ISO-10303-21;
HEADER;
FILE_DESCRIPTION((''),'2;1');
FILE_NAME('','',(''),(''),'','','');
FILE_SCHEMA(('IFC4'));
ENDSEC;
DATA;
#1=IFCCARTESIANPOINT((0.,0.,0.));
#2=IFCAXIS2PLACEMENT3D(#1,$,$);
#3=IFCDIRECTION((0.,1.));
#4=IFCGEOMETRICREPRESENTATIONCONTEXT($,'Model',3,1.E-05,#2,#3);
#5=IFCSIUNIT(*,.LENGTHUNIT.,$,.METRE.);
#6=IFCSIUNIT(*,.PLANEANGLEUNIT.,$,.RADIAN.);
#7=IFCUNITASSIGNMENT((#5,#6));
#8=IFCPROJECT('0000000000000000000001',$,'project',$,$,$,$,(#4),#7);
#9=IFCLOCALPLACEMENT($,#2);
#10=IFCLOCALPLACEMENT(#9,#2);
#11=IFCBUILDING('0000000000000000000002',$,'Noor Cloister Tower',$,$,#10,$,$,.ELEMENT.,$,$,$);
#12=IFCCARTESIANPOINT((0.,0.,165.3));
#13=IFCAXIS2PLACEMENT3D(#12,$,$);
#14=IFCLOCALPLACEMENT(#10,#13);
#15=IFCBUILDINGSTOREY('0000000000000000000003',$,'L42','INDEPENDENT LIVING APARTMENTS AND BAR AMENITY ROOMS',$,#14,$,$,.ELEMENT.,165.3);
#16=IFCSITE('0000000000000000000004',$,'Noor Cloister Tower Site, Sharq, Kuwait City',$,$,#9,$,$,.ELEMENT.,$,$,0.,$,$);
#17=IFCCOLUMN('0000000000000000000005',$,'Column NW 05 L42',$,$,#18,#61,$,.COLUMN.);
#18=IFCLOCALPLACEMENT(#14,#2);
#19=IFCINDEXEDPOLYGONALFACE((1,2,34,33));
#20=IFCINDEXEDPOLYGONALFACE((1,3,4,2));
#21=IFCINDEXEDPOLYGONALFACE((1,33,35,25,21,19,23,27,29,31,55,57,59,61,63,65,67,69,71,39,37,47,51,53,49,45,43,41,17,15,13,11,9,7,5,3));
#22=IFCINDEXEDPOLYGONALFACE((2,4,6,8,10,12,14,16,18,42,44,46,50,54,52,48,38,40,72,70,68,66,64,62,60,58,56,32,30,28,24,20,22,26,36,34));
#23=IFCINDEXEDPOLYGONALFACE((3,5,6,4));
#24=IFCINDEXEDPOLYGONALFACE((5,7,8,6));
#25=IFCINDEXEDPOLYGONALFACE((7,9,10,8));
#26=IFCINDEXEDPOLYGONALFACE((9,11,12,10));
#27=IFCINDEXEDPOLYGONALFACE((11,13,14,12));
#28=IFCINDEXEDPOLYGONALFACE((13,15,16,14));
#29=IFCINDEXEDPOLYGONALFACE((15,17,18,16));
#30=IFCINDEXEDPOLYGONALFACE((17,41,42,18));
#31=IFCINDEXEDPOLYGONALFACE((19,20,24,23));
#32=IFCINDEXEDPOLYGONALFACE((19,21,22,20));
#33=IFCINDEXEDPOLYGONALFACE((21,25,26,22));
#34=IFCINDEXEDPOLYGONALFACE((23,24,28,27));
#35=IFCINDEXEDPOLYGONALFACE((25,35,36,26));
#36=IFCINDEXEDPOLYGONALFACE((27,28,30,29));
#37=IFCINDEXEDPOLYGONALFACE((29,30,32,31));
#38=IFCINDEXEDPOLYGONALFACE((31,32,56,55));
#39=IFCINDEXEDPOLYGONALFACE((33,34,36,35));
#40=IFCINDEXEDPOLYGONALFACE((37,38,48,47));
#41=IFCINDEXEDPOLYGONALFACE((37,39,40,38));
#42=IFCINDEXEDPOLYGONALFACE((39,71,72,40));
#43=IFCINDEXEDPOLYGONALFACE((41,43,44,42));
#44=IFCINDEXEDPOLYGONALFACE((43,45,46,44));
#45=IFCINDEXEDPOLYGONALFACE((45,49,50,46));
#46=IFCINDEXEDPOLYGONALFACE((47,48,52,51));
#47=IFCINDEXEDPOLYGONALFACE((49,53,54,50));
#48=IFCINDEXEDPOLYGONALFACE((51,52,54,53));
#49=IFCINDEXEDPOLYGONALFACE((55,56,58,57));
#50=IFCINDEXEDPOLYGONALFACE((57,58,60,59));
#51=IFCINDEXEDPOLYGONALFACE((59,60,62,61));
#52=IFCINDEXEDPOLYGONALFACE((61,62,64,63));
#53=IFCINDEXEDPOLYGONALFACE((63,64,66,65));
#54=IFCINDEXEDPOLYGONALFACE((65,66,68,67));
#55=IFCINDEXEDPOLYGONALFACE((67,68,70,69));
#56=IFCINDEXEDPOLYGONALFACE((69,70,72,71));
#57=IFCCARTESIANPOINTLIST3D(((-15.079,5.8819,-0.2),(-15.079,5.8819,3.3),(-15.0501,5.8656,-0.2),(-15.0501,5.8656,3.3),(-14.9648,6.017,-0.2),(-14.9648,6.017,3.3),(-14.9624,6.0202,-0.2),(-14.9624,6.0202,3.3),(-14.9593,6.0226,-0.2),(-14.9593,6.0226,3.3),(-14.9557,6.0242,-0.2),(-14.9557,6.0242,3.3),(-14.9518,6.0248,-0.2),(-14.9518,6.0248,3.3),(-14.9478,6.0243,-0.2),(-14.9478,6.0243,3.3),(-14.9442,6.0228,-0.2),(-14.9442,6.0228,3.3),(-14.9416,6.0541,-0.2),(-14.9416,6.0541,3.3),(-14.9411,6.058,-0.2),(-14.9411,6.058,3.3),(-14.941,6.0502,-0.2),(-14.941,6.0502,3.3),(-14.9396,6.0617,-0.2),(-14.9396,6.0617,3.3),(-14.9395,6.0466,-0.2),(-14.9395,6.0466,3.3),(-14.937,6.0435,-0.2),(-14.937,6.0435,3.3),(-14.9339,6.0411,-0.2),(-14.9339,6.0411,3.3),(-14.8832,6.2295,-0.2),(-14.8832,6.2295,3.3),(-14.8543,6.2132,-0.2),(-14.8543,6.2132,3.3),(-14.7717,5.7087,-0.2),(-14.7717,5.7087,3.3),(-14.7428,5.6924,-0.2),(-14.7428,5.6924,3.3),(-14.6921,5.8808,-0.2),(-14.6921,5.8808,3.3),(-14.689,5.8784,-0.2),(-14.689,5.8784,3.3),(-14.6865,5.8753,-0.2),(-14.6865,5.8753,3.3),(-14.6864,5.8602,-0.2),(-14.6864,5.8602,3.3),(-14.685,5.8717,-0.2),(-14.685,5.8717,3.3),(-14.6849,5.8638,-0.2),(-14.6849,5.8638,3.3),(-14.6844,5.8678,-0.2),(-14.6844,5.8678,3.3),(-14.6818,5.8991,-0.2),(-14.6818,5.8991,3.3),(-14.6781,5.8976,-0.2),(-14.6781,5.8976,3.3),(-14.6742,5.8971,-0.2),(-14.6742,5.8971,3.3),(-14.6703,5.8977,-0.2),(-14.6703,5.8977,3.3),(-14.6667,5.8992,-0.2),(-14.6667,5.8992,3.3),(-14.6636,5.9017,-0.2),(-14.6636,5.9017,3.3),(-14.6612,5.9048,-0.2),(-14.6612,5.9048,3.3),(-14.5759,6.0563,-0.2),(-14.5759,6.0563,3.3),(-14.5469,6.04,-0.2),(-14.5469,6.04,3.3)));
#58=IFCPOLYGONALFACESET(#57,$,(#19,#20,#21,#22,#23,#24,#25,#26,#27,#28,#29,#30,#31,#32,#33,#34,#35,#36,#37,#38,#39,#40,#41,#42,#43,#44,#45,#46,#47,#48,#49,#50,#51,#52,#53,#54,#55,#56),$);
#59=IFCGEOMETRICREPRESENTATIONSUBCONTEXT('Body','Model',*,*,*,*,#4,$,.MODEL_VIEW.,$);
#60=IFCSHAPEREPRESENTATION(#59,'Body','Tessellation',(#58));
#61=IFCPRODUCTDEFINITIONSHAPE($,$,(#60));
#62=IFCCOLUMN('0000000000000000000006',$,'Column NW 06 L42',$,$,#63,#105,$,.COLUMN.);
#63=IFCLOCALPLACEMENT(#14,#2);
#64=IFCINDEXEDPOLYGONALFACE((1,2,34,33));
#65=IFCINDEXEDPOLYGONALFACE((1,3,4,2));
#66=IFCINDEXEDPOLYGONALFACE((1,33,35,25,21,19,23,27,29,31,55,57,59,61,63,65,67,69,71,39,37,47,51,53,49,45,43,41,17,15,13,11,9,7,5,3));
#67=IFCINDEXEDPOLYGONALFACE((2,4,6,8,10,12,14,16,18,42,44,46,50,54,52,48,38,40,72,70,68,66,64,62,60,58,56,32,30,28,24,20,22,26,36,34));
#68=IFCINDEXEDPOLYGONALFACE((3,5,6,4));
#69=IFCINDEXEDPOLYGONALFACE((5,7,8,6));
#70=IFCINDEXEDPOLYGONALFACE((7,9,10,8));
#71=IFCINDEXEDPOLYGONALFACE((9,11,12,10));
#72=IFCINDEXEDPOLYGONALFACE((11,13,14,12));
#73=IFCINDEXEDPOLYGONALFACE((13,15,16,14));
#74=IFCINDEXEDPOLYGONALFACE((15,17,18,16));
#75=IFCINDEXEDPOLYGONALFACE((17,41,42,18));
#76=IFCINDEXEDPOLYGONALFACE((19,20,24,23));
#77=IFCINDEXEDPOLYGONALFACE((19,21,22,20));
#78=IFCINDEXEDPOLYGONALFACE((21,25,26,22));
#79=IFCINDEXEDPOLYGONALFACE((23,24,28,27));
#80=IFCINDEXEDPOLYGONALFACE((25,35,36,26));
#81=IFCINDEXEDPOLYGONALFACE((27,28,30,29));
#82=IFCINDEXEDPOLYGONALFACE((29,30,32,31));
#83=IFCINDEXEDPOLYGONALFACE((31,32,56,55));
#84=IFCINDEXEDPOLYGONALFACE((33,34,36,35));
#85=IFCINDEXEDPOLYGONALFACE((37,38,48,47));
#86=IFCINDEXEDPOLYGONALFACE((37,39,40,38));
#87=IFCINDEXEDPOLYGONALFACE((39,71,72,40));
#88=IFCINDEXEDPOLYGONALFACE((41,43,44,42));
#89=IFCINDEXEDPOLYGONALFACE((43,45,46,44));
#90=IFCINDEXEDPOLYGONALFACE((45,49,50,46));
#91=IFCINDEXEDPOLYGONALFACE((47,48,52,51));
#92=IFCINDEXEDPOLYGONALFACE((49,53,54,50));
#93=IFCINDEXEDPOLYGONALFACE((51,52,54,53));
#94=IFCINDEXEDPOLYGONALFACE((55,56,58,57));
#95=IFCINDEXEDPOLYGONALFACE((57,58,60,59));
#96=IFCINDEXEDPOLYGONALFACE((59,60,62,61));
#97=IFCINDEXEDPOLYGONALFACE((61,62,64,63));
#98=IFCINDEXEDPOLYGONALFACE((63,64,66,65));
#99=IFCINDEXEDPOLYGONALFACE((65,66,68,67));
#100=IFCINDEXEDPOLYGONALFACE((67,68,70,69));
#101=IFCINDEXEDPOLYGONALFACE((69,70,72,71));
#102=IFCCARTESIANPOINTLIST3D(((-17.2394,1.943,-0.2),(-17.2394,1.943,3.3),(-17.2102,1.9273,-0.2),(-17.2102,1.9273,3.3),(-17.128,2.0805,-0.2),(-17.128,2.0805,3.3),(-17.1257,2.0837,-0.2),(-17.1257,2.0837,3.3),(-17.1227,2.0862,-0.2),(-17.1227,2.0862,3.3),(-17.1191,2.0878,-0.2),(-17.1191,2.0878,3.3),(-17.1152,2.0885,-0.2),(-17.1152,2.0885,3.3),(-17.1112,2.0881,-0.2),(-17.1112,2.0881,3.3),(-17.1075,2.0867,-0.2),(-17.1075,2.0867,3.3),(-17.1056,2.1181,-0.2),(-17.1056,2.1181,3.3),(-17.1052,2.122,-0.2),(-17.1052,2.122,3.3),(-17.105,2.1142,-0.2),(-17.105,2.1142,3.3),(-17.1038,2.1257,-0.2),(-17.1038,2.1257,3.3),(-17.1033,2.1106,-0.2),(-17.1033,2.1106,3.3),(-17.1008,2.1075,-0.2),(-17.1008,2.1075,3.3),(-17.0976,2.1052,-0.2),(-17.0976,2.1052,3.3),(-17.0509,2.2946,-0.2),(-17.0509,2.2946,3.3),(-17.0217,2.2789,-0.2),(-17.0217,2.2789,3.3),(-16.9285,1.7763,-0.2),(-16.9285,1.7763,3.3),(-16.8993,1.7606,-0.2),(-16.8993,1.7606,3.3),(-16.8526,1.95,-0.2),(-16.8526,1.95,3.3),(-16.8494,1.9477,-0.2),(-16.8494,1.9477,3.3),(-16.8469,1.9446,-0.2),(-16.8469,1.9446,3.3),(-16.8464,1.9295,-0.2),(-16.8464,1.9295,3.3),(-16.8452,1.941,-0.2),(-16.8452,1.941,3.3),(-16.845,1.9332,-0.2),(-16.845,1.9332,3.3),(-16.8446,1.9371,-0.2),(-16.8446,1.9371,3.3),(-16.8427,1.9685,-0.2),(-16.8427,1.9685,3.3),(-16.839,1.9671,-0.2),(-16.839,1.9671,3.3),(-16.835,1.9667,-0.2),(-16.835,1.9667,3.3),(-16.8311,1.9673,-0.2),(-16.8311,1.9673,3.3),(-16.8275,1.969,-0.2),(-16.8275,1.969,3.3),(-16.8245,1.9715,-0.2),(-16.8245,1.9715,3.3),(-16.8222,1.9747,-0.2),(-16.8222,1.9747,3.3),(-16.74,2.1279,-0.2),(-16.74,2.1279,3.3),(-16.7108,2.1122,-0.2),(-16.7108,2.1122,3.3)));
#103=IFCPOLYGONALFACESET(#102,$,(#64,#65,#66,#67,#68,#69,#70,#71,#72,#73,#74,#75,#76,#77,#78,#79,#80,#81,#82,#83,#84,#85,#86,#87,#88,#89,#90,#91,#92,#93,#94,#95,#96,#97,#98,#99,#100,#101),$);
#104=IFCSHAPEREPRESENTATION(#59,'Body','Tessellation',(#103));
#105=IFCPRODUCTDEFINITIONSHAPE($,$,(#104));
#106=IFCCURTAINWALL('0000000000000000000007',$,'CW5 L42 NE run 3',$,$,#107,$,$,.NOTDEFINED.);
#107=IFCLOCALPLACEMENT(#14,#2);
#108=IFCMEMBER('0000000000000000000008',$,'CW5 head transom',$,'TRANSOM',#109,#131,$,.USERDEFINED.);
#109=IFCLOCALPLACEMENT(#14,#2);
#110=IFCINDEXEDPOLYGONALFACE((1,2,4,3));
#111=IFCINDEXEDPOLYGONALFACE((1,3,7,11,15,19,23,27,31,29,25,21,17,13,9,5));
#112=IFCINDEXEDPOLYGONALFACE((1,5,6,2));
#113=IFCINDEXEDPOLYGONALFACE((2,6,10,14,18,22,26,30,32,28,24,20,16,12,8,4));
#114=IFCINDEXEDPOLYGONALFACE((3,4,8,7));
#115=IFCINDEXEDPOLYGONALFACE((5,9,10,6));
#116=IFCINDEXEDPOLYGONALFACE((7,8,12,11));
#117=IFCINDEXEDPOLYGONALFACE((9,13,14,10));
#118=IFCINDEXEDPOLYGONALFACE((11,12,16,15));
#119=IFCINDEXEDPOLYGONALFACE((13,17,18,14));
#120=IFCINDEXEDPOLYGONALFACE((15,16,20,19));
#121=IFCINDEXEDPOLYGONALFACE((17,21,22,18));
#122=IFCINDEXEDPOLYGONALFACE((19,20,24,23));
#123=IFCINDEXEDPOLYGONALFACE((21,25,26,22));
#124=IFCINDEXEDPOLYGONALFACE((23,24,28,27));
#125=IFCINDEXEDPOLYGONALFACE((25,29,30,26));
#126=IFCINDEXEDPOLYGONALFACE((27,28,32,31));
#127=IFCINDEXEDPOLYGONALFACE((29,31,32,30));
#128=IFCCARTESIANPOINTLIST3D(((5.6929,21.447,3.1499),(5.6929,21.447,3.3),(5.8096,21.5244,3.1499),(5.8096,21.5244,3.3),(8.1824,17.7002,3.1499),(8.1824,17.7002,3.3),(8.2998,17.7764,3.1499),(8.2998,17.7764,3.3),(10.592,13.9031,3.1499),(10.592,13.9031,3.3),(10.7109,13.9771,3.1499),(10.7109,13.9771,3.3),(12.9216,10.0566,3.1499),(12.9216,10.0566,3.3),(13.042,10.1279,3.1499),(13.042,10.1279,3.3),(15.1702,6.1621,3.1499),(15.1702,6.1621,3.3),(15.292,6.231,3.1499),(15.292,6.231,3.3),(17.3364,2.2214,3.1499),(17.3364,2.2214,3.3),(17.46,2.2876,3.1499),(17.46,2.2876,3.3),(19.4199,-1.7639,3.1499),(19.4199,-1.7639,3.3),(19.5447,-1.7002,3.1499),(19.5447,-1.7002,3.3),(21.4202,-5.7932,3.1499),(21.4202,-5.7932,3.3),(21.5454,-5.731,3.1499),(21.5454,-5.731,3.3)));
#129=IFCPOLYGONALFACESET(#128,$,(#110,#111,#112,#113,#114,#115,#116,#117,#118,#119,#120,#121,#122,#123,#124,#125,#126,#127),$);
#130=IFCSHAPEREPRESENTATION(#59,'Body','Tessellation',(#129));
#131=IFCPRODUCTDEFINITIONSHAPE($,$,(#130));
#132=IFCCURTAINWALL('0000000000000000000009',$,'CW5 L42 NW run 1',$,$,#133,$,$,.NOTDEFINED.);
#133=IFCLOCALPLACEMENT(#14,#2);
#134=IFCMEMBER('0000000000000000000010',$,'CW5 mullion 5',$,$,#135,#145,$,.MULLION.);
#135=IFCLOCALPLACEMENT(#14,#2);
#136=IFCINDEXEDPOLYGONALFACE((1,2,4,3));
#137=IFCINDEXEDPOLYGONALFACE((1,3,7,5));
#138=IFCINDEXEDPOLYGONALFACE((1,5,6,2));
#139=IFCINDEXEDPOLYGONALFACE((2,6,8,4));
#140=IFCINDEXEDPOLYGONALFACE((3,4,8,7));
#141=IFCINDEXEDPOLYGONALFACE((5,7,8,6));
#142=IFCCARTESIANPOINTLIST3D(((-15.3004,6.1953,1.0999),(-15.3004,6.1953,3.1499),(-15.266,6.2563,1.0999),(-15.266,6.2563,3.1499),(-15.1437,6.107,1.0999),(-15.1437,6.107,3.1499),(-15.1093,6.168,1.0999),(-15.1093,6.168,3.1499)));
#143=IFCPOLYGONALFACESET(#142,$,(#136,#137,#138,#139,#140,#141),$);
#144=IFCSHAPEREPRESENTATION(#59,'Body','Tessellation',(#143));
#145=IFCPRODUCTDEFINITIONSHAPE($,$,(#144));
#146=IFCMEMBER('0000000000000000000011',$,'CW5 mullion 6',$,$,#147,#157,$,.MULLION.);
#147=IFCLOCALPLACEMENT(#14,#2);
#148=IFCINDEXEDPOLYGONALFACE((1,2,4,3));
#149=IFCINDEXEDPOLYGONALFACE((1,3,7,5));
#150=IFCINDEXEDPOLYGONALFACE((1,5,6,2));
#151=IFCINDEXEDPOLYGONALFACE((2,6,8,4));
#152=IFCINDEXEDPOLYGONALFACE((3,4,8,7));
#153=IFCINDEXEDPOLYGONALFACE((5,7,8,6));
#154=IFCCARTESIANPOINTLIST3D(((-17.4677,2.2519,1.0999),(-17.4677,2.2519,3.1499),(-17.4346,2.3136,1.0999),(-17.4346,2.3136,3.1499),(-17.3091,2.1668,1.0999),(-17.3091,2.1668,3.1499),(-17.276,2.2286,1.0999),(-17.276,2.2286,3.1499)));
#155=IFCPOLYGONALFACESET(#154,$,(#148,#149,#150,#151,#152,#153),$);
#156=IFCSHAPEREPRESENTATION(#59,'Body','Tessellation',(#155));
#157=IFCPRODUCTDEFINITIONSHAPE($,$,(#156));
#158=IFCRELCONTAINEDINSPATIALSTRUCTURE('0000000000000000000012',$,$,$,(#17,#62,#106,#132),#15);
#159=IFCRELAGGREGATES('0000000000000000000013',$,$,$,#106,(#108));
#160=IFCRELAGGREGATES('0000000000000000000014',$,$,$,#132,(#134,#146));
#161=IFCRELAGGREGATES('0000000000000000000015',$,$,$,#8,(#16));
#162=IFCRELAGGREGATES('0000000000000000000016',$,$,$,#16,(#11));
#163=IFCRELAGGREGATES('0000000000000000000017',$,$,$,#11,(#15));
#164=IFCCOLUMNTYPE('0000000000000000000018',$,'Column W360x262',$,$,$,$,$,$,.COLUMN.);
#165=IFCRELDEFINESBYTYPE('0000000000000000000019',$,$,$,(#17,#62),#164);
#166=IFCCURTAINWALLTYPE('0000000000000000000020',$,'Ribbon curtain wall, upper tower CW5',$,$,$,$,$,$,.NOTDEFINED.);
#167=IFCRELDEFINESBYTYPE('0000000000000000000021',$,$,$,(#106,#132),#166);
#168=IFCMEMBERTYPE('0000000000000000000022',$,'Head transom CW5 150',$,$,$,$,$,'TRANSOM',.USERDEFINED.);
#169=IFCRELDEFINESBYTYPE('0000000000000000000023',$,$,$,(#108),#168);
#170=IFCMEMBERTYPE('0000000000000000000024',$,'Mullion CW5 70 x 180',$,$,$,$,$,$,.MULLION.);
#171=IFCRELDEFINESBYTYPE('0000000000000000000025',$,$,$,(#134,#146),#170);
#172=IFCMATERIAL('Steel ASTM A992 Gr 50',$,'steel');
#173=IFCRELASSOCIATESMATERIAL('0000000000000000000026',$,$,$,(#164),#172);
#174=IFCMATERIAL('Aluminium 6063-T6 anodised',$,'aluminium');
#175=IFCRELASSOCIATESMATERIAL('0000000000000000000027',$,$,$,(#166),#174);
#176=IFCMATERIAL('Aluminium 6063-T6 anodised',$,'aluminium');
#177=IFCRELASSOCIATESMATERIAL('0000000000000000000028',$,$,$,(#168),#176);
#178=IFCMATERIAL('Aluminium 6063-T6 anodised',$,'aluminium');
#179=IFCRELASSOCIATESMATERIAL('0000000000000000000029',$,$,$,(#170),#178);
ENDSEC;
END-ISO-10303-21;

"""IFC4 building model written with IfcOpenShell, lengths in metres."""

from ifc_helpers import new_model, si_unit, direction, frame, origin, origin_2d, place, context, subcontext, project, spatial, polyline, rectangle, i_section, outline, extrude, material, material_profile, profile_set, type_object, element, aggregate, save


model = new_model("IFC4")

# Units and contexts
model_context = context("Model", 3, precision=1e-05, world=origin(), true_north=direction((0.0, 1.0)))
body_context = subcontext(model_context, "Body", "Model", "MODEL_VIEW")
ifc_project = project(units=[si_unit("LENGTHUNIT", "METRE"), si_unit("PLANEANGLEUNIT", "RADIAN")], contexts=[model_context])

# Site, building, storey
site_placement = place(None, origin())
site = spatial("IfcSite", under=ifc_project, at=site_placement, Name="Noor Cloister Tower Site, Sharq, Kuwait City", CompositionType="ELEMENT", RefElevation=0.0)
building_placement = place(site_placement, origin())
building = spatial("IfcBuilding", under=site, at=building_placement, Name="Noor Cloister Tower", CompositionType="ELEMENT")
storey_placement = place(building_placement, frame((0.0, 0.0, 165.3)))
storey = spatial("IfcBuildingStorey", under=building, at=storey_placement, Name="L42", Description="INDEPENDENT LIVING APARTMENTS AND BAR AMENITY ROOMS", CompositionType="ELEMENT", Elevation=165.3)

# Columns
ifc_material_1 = material(Name="Steel ASTM A992 Gr 50", Category="steel")
ifc_material_profile_1 = material_profile(ifc_material_1, i_section(OverallWidth=0.3989, OverallDepth=0.386, WebThickness=0.021, FlangeThickness=0.0332, FilletRadius=0.0151, at=origin_2d()), Name="W360x262")
ifc_profile_set_1 = profile_set([ifc_material_profile_1], Name="Steel ASTM A992 Gr 50")
column_type = type_object("IfcColumnType", Name="Column W360x262", PredefinedType="COLUMN", material=ifc_profile_set_1)
for number, where, z_axis, x_axis, name in (
    (1, (-14.813, 5.9609, -0.2), (0.0, 0.0, 1.0), (-0.490903, -0.871214, 0.0), "Column NW 05 L42"),
    (2, (-16.9751, 2.0276, -0.2), (0.0, 0.0, 1.0), (-0.472548, -0.881305, 0.0), "Column NW 06 L42"),
):
    element("IfcColumn", number, at=place(storey_placement, frame(where, z_axis=z_axis, x_axis=x_axis)), inside=storey, type_object=column_type, Name=name, PredefinedType="COLUMN", context=body_context, shape_type="SweptSolid", body=[
        extrude(i_section(OverallWidth=0.3989, OverallDepth=0.386, WebThickness=0.021, FlangeThickness=0.0332, FilletRadius=0.0151, at=origin_2d()), origin(), (0.0, 0.0, 1.0), 3.5),
    ])

# Curtain wall, member
ifc_material_2 = material(Name="Aluminium 6063-T6 anodised", Category="aluminium")
curtain_wall_type = type_object("IfcCurtainWallType", Name="Ribbon curtain wall, upper tower CW5", PredefinedType="NOTDEFINED", material=ifc_material_2)
curtain_wall_1_placement = place(storey_placement, origin())
curtain_wall_1 = element("IfcCurtainWall", 3, at=curtain_wall_1_placement, inside=storey, type_object=curtain_wall_type, Name="CW5 L42 NE run 3", PredefinedType="NOTDEFINED")
ifc_material_3 = material(Name="Aluminium 6063-T6 anodised", Category="aluminium")
member_type_1 = type_object("IfcMemberType", Name="Head transom CW5 150", ElementType="TRANSOM", PredefinedType="USERDEFINED", material=ifc_material_3)
member_1_placement = place(storey_placement, frame((0.0, 0.0, 3.1499)))
member_1 = element("IfcMember", 4, at=member_1_placement, type_object=member_type_1, Name="CW5 head transom", ObjectType="TRANSOM", PredefinedType="USERDEFINED", context=body_context, shape_type="SweptSolid", body=[
    extrude(outline(polyline([(21.5454, -5.731), (19.5447, -1.7002), (17.46, 2.2876), (15.292, 6.231), (13.042, 10.1279), (10.7109, 13.9771), (8.2998, 17.7764), (5.8096, 21.5244), (5.6929, 21.447), (8.1824, 17.7002), (10.592, 13.9031), (12.9216, 10.0566), (15.1702, 6.1621), (17.3364, 2.2214), (19.4199, -1.7639), (21.4202, -5.7932), (21.5454, -5.731)])), origin(), (0.0, 0.0, 1.0), 0.1501),
])
aggregate(curtain_wall_1, [member_1])

# Curtain wall, members
curtain_wall_2_placement = place(storey_placement, origin())
curtain_wall_2 = element("IfcCurtainWall", 5, at=curtain_wall_2_placement, inside=storey, type_object=curtain_wall_type, Name="CW5 L42 NW run 1", PredefinedType="NOTDEFINED")
ifc_material_4 = material(Name="Aluminium 6063-T6 anodised", Category="aluminium")
ifc_material_profile_2 = material_profile(ifc_material_4, rectangle(XDim=0.1799, YDim=0.0701, at=origin_2d()), Name="180 x 70 mullion")
ifc_profile_set_2 = profile_set([ifc_material_profile_2], Name="Aluminium 6063-T6 anodised")
member_type_2 = type_object("IfcMemberType", Name="Mullion CW5 70 x 180", PredefinedType="MULLION", material=ifc_profile_set_2)
member_2_placement = place(storey_placement, frame((-15.2048, 6.1816, 1.0999), z_axis=(0.0, 0.0, 1.0), x_axis=(0.871214, -0.490903, 0.0)))
member_2 = element("IfcMember", 6, at=member_2_placement, type_object=member_type_2, Name="CW5 mullion 5", PredefinedType="MULLION", context=body_context, shape_type="SweptSolid", body=[
    extrude(rectangle(XDim=0.1799, YDim=0.0701, at=origin_2d()), origin(), (0.0, 0.0, 1.0), 2.05),
])
member_3_placement = place(storey_placement, frame((-17.3718, 2.2402, 1.0999), z_axis=(0.0, 0.0, 1.0), x_axis=(0.881305, -0.472548, 0.0)))
member_3 = element("IfcMember", 7, at=member_3_placement, type_object=member_type_2, Name="CW5 mullion 6", PredefinedType="MULLION", context=body_context, shape_type="SweptSolid", body=[
    extrude(rectangle(XDim=0.1799, YDim=0.0701, at=origin_2d()), origin(), (0.0, 0.0, 1.0), 2.05),
])

aggregate(curtain_wall_2, [member_2, member_3])

save(model, "model.ifc")
